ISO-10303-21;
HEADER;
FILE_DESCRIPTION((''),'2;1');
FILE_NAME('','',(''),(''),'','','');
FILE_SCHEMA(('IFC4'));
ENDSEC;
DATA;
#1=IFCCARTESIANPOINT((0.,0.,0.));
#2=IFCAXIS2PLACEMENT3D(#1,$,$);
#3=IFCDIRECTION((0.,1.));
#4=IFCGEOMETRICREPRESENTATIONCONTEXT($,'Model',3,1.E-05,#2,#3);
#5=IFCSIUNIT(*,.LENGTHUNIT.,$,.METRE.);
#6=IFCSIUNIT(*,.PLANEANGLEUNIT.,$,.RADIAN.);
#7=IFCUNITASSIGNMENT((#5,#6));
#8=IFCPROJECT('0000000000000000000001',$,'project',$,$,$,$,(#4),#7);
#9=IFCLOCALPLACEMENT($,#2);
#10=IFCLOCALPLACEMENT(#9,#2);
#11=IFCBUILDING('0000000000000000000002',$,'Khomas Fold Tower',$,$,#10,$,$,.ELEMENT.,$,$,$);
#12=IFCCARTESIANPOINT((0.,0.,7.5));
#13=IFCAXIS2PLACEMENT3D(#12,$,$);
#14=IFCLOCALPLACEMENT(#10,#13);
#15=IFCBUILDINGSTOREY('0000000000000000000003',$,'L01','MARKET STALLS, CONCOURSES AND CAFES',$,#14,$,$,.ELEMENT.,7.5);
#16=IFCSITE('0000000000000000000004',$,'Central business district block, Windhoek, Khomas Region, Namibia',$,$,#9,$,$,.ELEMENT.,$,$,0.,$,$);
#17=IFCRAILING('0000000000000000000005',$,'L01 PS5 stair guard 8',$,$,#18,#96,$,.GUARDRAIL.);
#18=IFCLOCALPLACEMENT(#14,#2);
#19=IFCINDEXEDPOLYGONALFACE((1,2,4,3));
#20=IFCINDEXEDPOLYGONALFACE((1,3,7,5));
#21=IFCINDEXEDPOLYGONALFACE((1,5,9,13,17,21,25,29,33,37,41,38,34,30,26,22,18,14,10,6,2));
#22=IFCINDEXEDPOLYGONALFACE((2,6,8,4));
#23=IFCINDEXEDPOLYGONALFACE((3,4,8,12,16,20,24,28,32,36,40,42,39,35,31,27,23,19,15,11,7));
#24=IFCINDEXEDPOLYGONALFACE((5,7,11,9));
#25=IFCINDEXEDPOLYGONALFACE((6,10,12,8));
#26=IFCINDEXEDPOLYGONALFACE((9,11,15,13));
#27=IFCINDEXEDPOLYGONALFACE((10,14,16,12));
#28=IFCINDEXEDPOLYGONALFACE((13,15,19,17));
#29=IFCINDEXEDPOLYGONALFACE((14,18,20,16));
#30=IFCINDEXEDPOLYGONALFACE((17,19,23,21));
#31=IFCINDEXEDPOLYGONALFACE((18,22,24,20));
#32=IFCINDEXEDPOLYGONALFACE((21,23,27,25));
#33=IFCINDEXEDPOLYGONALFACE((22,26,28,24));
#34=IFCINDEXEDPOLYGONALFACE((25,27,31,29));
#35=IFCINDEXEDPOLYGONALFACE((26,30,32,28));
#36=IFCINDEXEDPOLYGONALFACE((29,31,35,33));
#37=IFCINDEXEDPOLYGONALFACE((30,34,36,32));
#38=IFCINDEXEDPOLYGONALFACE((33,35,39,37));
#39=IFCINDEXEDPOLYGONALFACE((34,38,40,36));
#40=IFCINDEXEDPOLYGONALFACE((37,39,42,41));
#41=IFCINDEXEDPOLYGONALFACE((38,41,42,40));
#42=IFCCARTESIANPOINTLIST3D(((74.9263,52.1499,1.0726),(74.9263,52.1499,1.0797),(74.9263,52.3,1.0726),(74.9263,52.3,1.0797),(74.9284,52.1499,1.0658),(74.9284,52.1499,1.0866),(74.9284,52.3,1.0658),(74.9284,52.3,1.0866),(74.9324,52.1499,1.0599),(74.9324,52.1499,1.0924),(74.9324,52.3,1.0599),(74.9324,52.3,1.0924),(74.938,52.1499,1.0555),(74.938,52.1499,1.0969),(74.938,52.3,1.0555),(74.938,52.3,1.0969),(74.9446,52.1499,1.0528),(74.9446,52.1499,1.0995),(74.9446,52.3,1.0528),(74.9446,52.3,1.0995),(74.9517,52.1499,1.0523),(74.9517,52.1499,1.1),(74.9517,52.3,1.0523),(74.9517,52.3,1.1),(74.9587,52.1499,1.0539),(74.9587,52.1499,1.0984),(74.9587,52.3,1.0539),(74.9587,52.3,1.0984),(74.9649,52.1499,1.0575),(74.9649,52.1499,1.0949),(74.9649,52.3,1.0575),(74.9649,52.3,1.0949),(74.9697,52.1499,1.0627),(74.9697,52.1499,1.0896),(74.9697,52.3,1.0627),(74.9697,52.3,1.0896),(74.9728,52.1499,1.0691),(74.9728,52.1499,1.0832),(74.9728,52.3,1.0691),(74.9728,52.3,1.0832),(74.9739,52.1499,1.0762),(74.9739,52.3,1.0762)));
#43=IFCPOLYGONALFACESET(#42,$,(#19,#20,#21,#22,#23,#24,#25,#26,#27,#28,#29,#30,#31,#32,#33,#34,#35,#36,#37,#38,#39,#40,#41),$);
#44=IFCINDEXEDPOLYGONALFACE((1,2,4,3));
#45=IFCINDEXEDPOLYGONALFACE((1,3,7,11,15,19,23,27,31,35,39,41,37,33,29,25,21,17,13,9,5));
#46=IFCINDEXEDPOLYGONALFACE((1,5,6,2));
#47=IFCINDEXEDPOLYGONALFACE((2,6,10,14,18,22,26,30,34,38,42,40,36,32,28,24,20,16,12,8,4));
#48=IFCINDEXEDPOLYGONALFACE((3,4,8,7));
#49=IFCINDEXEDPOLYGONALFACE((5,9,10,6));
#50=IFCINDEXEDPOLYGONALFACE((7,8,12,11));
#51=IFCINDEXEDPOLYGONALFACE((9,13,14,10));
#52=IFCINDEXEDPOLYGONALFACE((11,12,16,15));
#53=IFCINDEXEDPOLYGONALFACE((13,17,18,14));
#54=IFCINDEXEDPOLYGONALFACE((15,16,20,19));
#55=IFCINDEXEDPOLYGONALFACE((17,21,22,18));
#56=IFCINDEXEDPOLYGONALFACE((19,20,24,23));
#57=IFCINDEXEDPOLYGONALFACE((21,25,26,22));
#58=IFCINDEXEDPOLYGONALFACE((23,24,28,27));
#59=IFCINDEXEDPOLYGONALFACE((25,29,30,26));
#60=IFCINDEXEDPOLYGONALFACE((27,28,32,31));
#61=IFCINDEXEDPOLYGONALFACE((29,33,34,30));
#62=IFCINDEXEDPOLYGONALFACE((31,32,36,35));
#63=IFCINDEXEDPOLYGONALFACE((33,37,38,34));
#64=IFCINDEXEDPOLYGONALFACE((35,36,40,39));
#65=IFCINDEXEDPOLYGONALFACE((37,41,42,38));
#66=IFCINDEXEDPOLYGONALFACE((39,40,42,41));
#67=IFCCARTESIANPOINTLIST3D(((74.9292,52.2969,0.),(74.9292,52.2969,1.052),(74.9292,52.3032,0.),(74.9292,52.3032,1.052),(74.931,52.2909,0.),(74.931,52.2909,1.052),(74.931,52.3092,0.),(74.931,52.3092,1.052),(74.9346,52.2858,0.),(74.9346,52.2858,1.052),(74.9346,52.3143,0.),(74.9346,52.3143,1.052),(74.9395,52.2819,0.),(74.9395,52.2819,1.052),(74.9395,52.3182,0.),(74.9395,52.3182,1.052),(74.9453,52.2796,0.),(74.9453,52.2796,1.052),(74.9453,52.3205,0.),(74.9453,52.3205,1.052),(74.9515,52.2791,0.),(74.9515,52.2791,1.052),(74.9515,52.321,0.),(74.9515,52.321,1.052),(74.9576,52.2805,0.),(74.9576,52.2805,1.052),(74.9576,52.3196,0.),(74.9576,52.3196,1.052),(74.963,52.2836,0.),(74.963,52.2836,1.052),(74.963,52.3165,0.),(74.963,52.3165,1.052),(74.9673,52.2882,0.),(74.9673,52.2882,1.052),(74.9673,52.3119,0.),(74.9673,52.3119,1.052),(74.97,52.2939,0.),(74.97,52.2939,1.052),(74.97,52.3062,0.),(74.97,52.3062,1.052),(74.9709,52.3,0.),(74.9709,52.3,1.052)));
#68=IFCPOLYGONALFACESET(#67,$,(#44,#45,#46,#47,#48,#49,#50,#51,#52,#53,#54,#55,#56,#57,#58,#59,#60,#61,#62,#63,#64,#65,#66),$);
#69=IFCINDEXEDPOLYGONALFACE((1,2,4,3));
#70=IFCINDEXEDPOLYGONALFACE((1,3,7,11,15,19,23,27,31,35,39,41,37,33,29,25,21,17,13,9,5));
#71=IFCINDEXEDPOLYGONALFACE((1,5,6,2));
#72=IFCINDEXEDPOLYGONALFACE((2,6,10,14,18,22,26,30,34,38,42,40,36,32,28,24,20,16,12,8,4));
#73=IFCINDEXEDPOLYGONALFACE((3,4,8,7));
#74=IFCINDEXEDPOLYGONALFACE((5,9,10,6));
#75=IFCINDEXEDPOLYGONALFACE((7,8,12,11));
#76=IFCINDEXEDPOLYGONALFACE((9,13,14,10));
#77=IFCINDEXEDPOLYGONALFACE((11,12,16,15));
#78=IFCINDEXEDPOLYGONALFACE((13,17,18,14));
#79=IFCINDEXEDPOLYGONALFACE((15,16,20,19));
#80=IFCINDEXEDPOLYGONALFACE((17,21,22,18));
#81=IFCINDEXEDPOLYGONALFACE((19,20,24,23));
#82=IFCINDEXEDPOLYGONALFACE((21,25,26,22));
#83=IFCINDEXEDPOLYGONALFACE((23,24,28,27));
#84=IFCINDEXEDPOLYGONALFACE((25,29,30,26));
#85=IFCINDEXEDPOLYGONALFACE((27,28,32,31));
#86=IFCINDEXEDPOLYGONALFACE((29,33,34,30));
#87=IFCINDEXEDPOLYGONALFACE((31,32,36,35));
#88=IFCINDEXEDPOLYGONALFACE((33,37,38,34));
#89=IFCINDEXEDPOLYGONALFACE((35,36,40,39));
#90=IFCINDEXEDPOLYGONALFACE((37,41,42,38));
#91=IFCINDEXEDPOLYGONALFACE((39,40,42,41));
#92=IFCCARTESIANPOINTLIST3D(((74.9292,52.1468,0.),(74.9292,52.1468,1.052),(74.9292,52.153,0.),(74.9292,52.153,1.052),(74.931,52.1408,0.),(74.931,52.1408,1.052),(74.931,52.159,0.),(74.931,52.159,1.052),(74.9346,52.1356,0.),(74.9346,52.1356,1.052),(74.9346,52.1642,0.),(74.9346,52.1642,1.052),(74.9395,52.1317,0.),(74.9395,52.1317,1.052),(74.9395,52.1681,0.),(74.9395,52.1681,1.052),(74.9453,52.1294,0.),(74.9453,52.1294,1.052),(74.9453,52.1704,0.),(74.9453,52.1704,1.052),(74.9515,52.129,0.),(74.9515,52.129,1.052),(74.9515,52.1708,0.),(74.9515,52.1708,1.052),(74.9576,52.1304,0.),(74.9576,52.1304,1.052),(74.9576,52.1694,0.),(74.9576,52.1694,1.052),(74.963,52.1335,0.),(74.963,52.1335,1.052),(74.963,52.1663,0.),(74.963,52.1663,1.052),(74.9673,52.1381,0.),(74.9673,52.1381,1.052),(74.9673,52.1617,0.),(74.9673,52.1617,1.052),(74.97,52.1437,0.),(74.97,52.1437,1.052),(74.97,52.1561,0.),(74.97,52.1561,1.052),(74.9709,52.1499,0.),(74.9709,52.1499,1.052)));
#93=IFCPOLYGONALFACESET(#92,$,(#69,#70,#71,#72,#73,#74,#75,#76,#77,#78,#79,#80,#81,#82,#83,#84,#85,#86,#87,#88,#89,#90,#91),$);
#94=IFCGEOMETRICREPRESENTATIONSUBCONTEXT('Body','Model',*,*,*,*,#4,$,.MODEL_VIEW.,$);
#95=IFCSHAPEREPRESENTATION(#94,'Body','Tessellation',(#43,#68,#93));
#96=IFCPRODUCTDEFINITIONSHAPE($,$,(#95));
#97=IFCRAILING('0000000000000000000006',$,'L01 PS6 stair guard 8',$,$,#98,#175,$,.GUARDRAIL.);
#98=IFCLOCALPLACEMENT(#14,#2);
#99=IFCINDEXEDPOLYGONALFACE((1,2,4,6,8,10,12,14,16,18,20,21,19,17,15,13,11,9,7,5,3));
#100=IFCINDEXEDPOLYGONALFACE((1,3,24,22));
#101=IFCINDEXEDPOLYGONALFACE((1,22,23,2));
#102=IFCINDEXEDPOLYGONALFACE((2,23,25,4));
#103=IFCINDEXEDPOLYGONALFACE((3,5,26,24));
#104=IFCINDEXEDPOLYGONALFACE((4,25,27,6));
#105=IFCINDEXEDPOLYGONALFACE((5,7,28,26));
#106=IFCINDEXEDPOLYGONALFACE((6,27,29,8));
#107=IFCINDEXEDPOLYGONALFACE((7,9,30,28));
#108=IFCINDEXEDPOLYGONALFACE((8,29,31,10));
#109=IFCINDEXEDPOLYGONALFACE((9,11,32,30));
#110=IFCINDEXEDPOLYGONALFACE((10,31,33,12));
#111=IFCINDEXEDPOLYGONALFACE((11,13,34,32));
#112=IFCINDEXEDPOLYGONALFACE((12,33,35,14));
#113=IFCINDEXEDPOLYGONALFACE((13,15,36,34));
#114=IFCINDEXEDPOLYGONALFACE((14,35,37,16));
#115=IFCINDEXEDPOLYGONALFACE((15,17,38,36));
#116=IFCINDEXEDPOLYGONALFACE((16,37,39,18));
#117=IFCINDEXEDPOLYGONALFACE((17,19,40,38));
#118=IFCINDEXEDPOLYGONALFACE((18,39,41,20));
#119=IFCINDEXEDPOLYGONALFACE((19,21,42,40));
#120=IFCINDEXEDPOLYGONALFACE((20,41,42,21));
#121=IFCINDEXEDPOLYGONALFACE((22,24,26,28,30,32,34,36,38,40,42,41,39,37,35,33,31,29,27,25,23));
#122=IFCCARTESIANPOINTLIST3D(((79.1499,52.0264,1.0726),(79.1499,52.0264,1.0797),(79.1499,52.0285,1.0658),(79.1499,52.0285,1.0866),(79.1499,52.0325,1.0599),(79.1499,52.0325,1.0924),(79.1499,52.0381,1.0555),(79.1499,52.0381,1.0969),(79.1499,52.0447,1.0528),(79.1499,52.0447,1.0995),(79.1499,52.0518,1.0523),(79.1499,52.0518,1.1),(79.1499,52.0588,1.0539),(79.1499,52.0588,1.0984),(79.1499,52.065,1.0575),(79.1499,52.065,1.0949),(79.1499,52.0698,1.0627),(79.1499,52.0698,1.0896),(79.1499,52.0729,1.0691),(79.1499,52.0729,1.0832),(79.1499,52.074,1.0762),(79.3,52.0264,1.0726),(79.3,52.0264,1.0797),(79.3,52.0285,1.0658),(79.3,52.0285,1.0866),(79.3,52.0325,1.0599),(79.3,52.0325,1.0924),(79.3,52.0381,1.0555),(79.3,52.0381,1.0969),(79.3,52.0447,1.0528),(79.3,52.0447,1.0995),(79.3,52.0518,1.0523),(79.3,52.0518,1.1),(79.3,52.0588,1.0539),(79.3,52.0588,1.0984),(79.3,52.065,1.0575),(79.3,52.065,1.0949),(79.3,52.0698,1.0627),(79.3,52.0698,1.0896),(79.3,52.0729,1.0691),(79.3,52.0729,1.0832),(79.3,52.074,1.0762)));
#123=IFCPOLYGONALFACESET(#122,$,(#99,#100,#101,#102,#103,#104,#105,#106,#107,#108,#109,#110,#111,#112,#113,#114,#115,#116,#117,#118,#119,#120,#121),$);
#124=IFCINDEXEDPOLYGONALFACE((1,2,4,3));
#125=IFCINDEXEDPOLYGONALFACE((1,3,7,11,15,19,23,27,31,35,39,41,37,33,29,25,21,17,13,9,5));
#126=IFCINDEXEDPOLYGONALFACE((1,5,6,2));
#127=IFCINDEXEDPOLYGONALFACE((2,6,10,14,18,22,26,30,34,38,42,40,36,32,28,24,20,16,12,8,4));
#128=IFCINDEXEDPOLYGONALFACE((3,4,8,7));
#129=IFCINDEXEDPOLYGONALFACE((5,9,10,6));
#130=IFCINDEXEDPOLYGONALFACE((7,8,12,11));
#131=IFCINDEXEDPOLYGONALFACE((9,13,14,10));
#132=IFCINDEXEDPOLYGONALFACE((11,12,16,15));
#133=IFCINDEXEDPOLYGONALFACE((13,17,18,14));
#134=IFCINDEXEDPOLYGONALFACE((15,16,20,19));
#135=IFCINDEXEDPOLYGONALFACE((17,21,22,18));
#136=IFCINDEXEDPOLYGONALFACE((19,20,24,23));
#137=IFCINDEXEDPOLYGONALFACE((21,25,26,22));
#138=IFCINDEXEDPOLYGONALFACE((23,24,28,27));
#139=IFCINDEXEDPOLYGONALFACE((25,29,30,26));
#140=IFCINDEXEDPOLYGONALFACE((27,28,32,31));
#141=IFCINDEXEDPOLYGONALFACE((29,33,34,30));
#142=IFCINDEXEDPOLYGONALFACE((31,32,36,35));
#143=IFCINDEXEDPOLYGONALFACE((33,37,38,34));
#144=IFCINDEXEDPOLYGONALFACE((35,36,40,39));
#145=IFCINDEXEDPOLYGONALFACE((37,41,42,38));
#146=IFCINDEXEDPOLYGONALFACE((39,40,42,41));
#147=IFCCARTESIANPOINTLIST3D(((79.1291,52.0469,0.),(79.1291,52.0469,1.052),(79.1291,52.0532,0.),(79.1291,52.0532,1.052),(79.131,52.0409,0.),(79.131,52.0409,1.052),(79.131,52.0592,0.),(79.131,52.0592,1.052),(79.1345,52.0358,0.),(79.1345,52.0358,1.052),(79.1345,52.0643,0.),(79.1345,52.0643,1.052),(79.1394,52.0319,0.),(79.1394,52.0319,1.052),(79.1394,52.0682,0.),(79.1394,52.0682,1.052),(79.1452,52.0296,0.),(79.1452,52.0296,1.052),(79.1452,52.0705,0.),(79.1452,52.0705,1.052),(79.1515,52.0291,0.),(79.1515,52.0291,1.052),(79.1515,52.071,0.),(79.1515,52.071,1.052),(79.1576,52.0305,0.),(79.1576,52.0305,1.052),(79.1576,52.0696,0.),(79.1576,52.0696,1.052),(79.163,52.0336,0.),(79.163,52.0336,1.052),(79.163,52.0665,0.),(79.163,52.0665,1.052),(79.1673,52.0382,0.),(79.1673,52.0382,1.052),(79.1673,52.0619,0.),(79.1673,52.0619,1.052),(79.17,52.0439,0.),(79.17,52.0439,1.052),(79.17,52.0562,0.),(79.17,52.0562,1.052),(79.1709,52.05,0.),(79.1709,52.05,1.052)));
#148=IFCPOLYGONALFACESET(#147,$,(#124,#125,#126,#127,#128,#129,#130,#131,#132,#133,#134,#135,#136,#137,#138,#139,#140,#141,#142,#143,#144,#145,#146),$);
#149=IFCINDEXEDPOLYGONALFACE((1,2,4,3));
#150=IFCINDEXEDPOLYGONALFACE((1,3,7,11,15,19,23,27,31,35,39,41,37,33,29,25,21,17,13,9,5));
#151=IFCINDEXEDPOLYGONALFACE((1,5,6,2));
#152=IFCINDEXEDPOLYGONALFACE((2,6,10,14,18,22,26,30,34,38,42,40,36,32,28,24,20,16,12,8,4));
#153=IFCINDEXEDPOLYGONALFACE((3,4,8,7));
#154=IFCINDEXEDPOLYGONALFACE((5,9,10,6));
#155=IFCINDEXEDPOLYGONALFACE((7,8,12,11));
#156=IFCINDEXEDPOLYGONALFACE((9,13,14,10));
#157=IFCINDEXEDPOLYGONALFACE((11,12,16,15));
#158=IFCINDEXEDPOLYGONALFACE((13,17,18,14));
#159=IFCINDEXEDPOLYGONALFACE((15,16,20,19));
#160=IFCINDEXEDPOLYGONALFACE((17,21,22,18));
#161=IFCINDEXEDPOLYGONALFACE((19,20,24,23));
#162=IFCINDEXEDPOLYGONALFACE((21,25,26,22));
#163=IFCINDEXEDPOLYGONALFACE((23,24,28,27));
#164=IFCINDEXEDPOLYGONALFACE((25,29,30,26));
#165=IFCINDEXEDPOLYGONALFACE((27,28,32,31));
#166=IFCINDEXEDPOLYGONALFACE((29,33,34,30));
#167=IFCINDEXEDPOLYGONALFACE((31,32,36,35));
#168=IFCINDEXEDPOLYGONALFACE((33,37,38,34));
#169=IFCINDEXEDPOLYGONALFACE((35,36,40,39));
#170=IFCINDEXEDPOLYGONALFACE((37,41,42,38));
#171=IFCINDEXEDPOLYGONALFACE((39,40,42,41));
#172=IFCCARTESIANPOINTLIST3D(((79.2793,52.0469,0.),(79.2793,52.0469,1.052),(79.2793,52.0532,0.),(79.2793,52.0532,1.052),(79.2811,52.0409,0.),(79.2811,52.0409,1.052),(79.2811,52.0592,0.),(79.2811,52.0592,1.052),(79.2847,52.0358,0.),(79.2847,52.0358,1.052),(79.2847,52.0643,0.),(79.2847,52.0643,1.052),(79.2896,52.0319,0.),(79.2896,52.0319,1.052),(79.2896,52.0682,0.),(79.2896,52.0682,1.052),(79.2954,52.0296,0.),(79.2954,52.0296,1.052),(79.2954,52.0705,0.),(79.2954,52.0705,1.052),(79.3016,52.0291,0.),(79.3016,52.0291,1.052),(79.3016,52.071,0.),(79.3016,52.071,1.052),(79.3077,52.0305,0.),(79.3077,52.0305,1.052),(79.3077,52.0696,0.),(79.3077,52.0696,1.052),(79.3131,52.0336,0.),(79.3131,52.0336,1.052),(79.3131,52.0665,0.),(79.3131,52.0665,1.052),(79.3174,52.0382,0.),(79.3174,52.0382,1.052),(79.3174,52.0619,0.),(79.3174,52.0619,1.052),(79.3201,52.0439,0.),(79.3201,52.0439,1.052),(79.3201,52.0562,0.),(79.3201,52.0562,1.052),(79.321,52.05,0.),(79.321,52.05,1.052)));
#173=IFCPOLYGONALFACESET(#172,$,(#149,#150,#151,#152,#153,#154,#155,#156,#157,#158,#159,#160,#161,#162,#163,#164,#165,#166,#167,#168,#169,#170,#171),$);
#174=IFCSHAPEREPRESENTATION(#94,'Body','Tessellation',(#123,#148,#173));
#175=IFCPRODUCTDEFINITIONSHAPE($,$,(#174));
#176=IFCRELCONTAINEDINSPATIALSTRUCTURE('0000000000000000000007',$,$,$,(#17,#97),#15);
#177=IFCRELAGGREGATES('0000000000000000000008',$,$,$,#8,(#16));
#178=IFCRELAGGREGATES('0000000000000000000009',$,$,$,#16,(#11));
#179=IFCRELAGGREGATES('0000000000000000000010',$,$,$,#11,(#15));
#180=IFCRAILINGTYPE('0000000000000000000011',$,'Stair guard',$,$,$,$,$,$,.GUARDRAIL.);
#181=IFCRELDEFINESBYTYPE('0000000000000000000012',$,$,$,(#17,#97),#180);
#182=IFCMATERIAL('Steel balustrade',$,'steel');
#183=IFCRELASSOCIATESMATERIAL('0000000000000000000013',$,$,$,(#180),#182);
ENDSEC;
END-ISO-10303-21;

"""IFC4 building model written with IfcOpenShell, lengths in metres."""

from ifc_helpers import new_model, si_unit, direction, frame, origin, origin_2d, place, context, subcontext, project, spatial, circle, extrude, source, transform, mapped, material, type_object, element, save


model = new_model("IFC4")

# Units and contexts
model_context = context("Model", 3, precision=1e-05, world=origin(), true_north=direction((0.0, 1.0)))
body_context = subcontext(model_context, "Body", "Model", "MODEL_VIEW")
ifc_project = project(units=[si_unit("LENGTHUNIT", "METRE"), si_unit("PLANEANGLEUNIT", "RADIAN")], contexts=[model_context])

# Site, building, storey
site_placement = place(None, origin())
site = spatial("IfcSite", under=ifc_project, at=site_placement, Name="Central business district block, Windhoek, Khomas Region, Namibia", CompositionType="ELEMENT", RefElevation=0.0)
building_placement = place(site_placement, origin())
building = spatial("IfcBuilding", under=site, at=building_placement, Name="Khomas Fold Tower", CompositionType="ELEMENT")
storey_placement = place(building_placement, frame((0.0, 0.0, 7.5)))
storey = spatial("IfcBuildingStorey", under=building, at=storey_placement, Name="L01", Description="MARKET STALLS, CONCOURSES AND CAFES", CompositionType="ELEMENT", Elevation=7.5)

# Railings
ifc_material_1 = material(Name="Steel balustrade", Category="steel")
railing_type_1 = type_object("IfcRailingType", Name="Stair guard", PredefinedType="GUARDRAIL", material=ifc_material_1)
shared_shape_1 = source(origin(), body_context, "Body", "SweptSolid", [
    extrude(circle(Radius=0.0239, at=origin_2d()), frame((0.0, 0.0, 1.0762), z_axis=(0.0, -1.0, 0.0), x_axis=(1.0, 0.0, 0.0)), (0.0, 0.0, 1.0), 0.1501),
    extrude(circle(Radius=0.021, at=origin_2d()), origin(), (0.0, 0.0, 1.0), 1.052),
    extrude(circle(Radius=0.021, at=origin_2d()), frame((0.0, -0.1501, 0.0)), (0.0, 0.0, 1.0), 1.052),
])
for number, where, name in (
    (1, (74.95, 52.3, 0.0), "L01 PS5 stair guard 8"),
):
    element("IfcRailing", number, at=place(storey_placement, frame(where)), inside=storey, type_object=railing_type_1, Name=name, PredefinedType="GUARDRAIL", context=body_context, shape_type="MappedRepresentation", body=[
        mapped(shared_shape_1, transform((0.0, 0.0, 0.0))),
    ])
shared_shape_2 = source(origin(), body_context, "Body", "SweptSolid", [
    extrude(circle(Radius=0.0239, at=origin_2d()), frame((0.0, 0.0, 1.0762), z_axis=(1.0, 0.0, 0.0), x_axis=(0.0, 1.0, 0.0)), (0.0, 0.0, 1.0), 0.1501),
    extrude(circle(Radius=0.021, at=origin_2d()), origin(), (0.0, 0.0, 1.0), 1.052),
    extrude(circle(Radius=0.021, at=origin_2d()), frame((0.1501, 0.0, 0.0)), (0.0, 0.0, 1.0), 1.052),
])
railing_placement = place(storey_placement, frame((79.1499, 52.05, 0.0)))
element("IfcRailing", 2, at=railing_placement, inside=storey, type_object=railing_type_1, Name="L01 PS6 stair guard 8", PredefinedType="GUARDRAIL", context=body_context, shape_type="MappedRepresentation", body=[
    mapped(shared_shape_2, transform((0.0, 0.0, 0.0))),
])

save(model, "model.ifc")
